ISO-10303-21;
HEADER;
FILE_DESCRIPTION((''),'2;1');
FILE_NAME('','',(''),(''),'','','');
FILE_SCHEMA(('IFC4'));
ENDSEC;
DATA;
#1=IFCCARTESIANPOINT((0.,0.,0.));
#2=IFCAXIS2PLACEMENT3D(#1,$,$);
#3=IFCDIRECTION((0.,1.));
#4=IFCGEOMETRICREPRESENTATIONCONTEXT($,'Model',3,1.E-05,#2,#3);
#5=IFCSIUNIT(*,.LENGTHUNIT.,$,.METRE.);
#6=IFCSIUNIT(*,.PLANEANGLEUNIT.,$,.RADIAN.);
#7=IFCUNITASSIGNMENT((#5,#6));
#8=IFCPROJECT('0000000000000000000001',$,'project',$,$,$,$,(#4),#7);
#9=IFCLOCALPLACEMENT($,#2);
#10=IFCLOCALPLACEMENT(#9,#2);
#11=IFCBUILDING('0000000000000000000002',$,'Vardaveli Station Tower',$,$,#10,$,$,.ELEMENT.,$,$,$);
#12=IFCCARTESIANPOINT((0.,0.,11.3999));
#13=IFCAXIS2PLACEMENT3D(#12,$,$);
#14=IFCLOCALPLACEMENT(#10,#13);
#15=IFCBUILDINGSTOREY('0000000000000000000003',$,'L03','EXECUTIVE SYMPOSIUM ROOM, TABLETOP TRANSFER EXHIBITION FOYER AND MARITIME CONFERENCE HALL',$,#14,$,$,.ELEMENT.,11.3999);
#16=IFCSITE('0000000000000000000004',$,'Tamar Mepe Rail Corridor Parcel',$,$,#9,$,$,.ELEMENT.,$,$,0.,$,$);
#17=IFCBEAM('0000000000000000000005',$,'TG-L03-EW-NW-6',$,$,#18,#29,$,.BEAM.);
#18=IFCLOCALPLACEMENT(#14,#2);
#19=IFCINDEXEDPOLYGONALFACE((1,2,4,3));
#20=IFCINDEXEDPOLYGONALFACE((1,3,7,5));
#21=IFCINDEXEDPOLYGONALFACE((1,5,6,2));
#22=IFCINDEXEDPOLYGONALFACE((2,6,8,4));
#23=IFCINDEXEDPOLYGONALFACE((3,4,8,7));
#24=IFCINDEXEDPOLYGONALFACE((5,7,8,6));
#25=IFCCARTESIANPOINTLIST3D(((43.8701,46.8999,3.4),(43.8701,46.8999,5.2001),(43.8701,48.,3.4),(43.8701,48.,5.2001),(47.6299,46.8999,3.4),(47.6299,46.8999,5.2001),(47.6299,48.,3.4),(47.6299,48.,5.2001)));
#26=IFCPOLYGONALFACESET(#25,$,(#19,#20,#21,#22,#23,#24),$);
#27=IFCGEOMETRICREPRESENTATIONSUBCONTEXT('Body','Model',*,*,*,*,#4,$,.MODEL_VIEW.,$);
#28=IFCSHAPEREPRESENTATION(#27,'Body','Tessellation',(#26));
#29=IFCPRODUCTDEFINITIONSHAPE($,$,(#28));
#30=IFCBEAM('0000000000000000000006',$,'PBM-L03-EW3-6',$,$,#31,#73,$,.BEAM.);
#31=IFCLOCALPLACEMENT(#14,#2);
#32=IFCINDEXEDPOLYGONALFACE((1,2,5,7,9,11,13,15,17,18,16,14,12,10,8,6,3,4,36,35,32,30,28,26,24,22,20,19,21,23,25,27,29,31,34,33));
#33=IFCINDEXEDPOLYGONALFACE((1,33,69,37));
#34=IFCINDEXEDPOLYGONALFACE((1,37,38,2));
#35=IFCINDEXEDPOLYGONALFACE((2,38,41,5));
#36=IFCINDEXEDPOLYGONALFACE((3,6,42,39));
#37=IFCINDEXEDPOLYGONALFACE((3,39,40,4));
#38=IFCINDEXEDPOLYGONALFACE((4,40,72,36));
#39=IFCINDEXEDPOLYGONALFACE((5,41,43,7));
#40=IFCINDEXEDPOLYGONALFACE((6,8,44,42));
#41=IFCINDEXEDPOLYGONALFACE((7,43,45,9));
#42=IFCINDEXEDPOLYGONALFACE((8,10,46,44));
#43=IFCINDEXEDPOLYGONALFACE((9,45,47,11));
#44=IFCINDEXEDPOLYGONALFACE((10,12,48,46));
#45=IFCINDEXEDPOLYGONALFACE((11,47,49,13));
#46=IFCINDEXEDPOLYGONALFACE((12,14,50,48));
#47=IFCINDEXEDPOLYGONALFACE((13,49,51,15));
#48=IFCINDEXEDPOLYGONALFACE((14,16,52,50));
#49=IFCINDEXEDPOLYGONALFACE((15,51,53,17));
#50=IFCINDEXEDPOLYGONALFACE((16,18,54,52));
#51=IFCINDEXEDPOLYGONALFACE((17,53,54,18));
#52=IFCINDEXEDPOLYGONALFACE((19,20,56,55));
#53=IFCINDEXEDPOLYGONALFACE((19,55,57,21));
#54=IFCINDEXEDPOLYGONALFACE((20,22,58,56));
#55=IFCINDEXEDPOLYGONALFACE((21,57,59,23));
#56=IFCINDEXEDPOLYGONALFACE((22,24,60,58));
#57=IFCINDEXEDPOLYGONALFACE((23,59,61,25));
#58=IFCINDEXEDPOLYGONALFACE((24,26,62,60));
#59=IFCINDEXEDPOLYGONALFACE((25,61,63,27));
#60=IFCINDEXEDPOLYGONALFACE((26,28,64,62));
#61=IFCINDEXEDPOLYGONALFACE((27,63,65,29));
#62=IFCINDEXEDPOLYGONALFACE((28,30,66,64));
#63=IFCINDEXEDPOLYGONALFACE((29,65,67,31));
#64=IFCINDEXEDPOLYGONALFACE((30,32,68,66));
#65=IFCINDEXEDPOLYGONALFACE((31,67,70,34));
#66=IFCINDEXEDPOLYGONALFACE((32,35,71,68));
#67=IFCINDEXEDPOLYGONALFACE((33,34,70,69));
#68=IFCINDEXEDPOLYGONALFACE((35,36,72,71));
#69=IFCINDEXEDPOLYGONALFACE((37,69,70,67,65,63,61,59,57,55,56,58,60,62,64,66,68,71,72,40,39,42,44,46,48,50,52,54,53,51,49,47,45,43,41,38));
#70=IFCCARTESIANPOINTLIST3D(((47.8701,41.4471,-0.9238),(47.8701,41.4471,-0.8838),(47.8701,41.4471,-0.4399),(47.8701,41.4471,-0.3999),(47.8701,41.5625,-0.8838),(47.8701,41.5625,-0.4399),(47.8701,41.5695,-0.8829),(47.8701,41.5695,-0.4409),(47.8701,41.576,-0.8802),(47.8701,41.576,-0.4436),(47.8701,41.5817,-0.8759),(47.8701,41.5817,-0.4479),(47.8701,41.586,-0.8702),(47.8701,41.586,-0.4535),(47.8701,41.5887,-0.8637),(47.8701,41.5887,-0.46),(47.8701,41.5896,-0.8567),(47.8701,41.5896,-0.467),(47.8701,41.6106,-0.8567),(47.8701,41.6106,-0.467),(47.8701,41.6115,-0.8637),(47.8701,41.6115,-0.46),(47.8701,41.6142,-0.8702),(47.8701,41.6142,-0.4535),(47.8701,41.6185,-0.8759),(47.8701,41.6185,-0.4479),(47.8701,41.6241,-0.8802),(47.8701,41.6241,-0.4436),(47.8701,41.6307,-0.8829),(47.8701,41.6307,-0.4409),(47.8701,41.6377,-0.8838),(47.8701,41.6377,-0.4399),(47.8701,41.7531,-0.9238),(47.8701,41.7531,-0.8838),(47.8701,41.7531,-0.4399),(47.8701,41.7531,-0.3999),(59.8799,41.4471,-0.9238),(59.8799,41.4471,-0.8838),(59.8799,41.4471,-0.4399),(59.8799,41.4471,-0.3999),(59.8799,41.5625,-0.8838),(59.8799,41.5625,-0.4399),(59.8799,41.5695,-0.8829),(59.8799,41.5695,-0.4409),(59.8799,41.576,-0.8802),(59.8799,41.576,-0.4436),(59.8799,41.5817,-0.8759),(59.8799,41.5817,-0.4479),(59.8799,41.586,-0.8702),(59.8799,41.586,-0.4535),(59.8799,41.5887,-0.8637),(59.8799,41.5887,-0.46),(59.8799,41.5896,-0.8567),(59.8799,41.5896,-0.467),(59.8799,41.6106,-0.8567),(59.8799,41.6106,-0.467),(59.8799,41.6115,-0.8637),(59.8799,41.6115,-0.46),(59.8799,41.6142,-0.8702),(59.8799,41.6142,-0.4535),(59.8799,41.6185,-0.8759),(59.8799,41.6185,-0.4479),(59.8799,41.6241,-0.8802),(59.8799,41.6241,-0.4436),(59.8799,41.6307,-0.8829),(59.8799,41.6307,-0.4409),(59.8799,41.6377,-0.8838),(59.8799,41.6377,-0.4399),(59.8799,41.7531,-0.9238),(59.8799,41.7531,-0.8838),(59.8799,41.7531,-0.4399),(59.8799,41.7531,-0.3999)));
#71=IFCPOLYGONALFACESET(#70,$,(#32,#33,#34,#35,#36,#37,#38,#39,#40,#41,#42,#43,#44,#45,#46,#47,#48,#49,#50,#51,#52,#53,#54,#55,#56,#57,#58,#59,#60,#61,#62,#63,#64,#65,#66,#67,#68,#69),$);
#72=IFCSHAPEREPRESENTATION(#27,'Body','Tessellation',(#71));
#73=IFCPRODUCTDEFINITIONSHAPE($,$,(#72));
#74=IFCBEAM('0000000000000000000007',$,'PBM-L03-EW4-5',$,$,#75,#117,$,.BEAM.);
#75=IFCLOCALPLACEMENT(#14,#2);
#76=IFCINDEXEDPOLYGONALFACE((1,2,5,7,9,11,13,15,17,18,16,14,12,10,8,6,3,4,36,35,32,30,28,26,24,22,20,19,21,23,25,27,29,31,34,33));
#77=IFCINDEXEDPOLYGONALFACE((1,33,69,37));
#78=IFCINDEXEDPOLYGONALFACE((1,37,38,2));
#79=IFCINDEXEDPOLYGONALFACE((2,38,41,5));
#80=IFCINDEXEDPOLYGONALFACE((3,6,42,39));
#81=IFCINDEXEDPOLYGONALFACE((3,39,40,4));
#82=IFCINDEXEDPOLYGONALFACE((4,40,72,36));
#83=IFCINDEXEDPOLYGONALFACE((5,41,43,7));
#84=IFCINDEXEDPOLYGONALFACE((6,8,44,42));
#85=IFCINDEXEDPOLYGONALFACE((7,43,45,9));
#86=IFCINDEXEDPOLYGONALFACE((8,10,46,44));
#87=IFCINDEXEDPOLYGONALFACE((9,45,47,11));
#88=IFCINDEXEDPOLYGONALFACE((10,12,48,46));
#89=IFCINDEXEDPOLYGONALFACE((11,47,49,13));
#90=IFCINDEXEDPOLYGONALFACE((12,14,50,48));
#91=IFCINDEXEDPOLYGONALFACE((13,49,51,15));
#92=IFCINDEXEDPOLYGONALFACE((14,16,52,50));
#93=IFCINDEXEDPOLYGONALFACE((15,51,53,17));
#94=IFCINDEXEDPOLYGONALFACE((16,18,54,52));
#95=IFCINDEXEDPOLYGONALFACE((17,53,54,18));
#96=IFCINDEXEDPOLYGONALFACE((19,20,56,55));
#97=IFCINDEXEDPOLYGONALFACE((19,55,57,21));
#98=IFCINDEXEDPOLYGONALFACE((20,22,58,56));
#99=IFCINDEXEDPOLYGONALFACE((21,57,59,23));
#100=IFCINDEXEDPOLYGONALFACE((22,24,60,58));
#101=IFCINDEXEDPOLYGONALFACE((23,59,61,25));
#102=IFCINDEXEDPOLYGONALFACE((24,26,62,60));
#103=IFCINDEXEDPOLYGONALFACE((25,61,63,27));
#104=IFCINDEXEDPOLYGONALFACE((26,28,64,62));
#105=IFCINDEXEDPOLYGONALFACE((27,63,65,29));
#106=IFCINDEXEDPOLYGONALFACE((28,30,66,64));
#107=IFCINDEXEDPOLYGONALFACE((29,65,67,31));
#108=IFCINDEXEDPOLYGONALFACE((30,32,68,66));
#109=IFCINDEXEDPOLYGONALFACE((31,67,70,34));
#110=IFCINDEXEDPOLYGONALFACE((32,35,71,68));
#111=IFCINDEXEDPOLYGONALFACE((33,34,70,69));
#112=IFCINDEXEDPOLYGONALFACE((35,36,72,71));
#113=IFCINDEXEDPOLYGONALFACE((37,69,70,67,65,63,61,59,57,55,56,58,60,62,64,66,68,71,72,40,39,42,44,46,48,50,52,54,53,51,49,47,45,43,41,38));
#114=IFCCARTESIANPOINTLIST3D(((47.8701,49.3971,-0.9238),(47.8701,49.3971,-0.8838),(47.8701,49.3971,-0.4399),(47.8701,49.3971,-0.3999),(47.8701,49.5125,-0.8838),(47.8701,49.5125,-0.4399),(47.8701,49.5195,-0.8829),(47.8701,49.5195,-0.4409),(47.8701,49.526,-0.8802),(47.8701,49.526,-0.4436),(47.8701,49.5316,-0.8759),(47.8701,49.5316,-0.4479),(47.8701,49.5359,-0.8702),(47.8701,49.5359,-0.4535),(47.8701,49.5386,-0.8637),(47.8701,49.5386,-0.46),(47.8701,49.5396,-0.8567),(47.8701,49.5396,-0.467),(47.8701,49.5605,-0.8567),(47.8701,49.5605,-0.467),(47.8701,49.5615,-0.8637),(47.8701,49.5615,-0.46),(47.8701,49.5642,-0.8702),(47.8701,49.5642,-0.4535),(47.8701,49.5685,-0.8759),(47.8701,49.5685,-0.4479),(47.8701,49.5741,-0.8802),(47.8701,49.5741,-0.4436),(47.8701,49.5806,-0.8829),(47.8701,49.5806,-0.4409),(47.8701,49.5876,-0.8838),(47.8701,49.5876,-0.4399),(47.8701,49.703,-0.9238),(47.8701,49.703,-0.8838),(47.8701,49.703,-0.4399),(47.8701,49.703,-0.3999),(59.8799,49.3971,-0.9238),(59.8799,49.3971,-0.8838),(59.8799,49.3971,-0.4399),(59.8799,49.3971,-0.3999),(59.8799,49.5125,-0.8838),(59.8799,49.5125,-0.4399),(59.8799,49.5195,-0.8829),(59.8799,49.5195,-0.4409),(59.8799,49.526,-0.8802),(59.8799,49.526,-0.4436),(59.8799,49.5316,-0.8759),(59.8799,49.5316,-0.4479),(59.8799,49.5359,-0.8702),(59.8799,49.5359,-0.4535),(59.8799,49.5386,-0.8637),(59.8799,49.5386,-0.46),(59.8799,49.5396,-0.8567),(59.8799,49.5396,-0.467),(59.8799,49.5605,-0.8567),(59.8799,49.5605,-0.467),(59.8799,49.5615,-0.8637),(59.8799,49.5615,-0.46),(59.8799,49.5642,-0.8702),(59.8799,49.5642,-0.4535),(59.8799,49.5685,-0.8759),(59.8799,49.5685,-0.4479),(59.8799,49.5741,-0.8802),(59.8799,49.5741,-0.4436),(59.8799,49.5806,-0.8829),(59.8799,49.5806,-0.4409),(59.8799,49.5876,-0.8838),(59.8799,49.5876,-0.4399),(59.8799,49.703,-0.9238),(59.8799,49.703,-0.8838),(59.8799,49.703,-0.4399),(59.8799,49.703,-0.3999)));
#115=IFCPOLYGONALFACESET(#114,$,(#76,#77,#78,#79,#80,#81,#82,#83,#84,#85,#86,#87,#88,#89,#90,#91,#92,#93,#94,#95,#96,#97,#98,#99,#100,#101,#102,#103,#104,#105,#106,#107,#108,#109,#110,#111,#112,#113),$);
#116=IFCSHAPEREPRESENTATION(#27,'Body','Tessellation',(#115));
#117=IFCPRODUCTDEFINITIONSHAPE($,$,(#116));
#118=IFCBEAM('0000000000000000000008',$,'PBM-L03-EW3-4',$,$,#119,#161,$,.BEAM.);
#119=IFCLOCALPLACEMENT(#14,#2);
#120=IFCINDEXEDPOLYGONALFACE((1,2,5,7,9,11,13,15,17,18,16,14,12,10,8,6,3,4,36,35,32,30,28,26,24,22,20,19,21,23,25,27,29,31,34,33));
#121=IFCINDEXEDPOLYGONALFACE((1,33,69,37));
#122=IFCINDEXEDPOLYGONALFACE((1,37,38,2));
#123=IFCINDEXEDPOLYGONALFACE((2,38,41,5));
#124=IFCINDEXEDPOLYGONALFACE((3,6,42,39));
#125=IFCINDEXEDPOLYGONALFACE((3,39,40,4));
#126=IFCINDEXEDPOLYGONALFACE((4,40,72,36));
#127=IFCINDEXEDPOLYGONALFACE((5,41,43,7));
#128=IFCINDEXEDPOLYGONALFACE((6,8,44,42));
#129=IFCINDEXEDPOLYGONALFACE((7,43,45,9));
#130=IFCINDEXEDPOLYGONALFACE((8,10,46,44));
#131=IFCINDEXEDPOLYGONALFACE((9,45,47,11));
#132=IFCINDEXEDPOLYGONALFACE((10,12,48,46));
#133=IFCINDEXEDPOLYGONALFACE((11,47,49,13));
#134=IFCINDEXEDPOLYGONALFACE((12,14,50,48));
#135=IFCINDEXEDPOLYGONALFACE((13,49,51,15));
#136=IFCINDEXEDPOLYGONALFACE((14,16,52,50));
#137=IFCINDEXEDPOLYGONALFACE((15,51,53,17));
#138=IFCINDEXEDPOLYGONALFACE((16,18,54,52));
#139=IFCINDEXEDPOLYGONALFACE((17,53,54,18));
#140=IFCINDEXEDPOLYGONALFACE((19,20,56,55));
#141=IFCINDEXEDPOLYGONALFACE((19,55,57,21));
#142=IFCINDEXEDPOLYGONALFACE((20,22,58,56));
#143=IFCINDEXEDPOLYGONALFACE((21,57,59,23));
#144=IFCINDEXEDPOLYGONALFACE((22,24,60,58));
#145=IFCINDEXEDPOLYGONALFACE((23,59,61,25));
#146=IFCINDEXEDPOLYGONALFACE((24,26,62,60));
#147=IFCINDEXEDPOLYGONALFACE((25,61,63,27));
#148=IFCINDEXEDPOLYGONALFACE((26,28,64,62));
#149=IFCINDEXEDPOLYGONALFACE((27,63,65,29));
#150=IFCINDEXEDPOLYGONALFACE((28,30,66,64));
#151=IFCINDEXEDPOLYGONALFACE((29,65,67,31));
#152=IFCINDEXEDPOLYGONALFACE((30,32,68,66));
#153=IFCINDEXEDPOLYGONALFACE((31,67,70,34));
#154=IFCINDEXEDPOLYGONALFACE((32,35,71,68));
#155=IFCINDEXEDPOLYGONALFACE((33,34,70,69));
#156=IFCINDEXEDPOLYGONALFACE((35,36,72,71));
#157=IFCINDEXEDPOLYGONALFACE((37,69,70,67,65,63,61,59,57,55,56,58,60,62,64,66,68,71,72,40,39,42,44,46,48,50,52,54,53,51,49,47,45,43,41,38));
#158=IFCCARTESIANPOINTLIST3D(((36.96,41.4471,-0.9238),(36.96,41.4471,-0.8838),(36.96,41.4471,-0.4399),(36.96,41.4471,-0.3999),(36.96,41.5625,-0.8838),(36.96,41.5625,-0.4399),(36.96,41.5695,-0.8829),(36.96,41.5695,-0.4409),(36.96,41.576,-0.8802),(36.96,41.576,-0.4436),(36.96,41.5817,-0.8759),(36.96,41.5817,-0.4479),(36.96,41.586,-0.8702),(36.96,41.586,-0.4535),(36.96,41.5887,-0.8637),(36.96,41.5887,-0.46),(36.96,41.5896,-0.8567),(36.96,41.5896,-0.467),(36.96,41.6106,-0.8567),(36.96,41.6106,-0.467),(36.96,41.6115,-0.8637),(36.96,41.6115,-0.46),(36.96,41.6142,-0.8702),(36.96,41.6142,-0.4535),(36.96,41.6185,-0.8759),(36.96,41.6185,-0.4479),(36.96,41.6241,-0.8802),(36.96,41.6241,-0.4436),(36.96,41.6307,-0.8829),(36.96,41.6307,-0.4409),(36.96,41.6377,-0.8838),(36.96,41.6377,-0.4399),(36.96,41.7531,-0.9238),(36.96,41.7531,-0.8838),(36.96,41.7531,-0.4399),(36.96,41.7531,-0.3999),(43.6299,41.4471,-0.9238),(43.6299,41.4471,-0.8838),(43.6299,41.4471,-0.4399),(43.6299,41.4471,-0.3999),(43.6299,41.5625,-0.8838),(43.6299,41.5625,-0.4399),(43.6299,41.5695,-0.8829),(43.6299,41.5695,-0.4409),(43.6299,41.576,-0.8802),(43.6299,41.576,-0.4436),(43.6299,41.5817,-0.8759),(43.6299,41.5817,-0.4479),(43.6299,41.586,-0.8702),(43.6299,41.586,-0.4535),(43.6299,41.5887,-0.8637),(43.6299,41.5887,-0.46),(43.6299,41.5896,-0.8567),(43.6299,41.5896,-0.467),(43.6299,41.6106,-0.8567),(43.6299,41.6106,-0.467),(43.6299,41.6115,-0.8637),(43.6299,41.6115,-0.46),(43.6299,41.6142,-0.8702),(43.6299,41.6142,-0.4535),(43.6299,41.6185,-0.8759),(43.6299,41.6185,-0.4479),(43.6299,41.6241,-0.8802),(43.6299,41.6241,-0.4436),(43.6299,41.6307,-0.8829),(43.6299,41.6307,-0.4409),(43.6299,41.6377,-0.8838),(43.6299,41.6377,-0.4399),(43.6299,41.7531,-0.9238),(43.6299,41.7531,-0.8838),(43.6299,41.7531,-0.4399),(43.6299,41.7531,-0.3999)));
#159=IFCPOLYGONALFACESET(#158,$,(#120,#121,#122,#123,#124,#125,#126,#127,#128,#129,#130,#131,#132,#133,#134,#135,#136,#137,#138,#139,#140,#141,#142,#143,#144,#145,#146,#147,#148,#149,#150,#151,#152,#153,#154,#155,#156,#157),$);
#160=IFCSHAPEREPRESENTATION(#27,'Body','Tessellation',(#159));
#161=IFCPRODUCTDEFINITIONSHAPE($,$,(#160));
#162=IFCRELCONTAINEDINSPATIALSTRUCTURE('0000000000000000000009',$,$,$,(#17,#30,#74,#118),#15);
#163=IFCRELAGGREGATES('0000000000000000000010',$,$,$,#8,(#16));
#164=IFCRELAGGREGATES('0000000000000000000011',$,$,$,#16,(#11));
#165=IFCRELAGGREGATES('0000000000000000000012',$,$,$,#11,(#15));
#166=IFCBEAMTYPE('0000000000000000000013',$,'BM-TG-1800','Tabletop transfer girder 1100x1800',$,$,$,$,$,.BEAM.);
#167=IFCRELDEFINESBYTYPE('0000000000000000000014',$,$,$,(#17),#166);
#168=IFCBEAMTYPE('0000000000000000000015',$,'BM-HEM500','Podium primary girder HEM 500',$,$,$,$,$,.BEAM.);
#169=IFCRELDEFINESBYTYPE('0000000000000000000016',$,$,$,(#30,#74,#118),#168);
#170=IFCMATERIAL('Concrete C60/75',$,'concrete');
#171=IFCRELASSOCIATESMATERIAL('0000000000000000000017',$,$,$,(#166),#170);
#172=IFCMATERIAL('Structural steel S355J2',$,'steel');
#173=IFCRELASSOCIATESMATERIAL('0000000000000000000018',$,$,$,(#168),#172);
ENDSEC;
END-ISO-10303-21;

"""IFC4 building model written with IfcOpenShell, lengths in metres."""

from ifc_helpers import new_model, si_unit, direction, frame, origin, origin_2d, place, context, subcontext, project, spatial, rectangle, i_section, extrude, source, transform, mapped, material, material_profile, profile_set, type_object, element, save


model = new_model("IFC4")

# Units and contexts
model_context = context("Model", 3, precision=1e-05, world=origin(), true_north=direction((0.0, 1.0)))
body_context = subcontext(model_context, "Body", "Model", "MODEL_VIEW")
ifc_project = project(units=[si_unit("LENGTHUNIT", "METRE"), si_unit("PLANEANGLEUNIT", "RADIAN")], contexts=[model_context])

# Site, building, storey
site_placement = place(None, origin())
site = spatial("IfcSite", under=ifc_project, at=site_placement, Name="Tamar Mepe Rail Corridor Parcel", CompositionType="ELEMENT", RefElevation=0.0)
building_placement = place(site_placement, origin())
building = spatial("IfcBuilding", under=site, at=building_placement, Name="Vardaveli Station Tower", CompositionType="ELEMENT")
storey_placement = place(building_placement, frame((0.0, 0.0, 11.3999)))
storey = spatial("IfcBuildingStorey", under=building, at=storey_placement, Name="L03", Description="EXECUTIVE SYMPOSIUM ROOM, TABLETOP TRANSFER EXHIBITION FOYER AND MARITIME CONFERENCE HALL", CompositionType="ELEMENT", Elevation=11.3999)

# Beams
ifc_material_1 = material(Name="Concrete C60/75", Category="concrete")
ifc_material_profile_1 = material_profile(ifc_material_1, rectangle(XDim=1.1001, YDim=1.8, at=origin_2d()), Name="TG 1100x1800")
ifc_profile_set_1 = profile_set([ifc_material_profile_1], Name="Concrete C60/75")
beam_type_1 = type_object("IfcBeamType", Name="BM-TG-1800", Description="Tabletop transfer girder 1100x1800", PredefinedType="BEAM", material=ifc_profile_set_1)
shared_shape_1 = source(origin(), body_context, "Body", "SweptSolid", [
    extrude(rectangle(XDim=1.1001, YDim=1.8, at=origin_2d()), origin(), (0.0, 0.0, 1.0), 3.7598),
])
for number, where, z_axis, x_axis, name in (
    (1, (43.8701, 47.45, 4.3), (1.0, 0.0, 0.0), (0.0, 1.0, 0.0), "TG-L03-EW-NW-6"),
):
    element("IfcBeam", number, at=place(storey_placement, frame(where, z_axis=z_axis, x_axis=x_axis)), inside=storey, type_object=beam_type_1, Name=name, PredefinedType="BEAM", context=body_context, shape_type="MappedRepresentation", body=[
        mapped(shared_shape_1, transform((0.0, 0.0, 0.0), scale=1.0)),
    ])
ifc_material_2 = material(Name="Structural steel S355J2", Category="steel")
ifc_material_profile_2 = material_profile(ifc_material_2, i_section(OverallWidth=0.3059, OverallDepth=0.5239, WebThickness=0.021, FlangeThickness=0.04, FilletRadius=0.0271, at=origin_2d()), Name="HEM 500")
ifc_profile_set_2 = profile_set([ifc_material_profile_2], Name="Structural steel S355J2")
beam_type_2 = type_object("IfcBeamType", Name="BM-HEM500", Description="Podium primary girder HEM 500", PredefinedType="BEAM", material=ifc_profile_set_2)
shared_shape_2 = source(origin(), body_context, "Body", "SweptSolid", [
    extrude(i_section(OverallWidth=0.3059, OverallDepth=0.5239, WebThickness=0.021, FlangeThickness=0.04, FilletRadius=0.0271, at=origin_2d()), origin(), (0.0, 0.0, 1.0), 12.0098),
])
for number, where, z_axis, x_axis, name in (
    (2, (47.8701, 41.6001, -0.6619), (1.0, 0.0, 0.0), (0.0, 1.0, 0.0), "PBM-L03-EW3-6"),
    (3, (47.8701, 49.55, -0.6619), (1.0, 0.0, 0.0), (0.0, 1.0, 0.0), "PBM-L03-EW4-5"),
):
    element("IfcBeam", number, at=place(storey_placement, frame(where, z_axis=z_axis, x_axis=x_axis)), inside=storey, type_object=beam_type_2, Name=name, PredefinedType="BEAM", context=body_context, shape_type="MappedRepresentation", body=[
        mapped(shared_shape_2, transform((0.0, 0.0, 0.0), scale=1.0)),
    ])
shared_shape_3 = source(origin(), body_context, "Body", "SweptSolid", [
    extrude(i_section(OverallWidth=0.3059, OverallDepth=0.5239, WebThickness=0.021, FlangeThickness=0.04, FilletRadius=0.0271, at=origin_2d()), origin(), (0.0, 0.0, 1.0), 6.6699),
])
for number, where, z_axis, x_axis, name in (
    (4, (36.96, 41.6001, -0.6619), (1.0, 0.0, 0.0), (0.0, 1.0, 0.0), "PBM-L03-EW3-4"),
):
    element("IfcBeam", number, at=place(storey_placement, frame(where, z_axis=z_axis, x_axis=x_axis)), inside=storey, type_object=beam_type_2, Name=name, PredefinedType="BEAM", context=body_context, shape_type="MappedRepresentation", body=[
        mapped(shared_shape_3, transform((0.0, 0.0, 0.0), scale=1.0)),
    ])

save(model, "model.ifc")
